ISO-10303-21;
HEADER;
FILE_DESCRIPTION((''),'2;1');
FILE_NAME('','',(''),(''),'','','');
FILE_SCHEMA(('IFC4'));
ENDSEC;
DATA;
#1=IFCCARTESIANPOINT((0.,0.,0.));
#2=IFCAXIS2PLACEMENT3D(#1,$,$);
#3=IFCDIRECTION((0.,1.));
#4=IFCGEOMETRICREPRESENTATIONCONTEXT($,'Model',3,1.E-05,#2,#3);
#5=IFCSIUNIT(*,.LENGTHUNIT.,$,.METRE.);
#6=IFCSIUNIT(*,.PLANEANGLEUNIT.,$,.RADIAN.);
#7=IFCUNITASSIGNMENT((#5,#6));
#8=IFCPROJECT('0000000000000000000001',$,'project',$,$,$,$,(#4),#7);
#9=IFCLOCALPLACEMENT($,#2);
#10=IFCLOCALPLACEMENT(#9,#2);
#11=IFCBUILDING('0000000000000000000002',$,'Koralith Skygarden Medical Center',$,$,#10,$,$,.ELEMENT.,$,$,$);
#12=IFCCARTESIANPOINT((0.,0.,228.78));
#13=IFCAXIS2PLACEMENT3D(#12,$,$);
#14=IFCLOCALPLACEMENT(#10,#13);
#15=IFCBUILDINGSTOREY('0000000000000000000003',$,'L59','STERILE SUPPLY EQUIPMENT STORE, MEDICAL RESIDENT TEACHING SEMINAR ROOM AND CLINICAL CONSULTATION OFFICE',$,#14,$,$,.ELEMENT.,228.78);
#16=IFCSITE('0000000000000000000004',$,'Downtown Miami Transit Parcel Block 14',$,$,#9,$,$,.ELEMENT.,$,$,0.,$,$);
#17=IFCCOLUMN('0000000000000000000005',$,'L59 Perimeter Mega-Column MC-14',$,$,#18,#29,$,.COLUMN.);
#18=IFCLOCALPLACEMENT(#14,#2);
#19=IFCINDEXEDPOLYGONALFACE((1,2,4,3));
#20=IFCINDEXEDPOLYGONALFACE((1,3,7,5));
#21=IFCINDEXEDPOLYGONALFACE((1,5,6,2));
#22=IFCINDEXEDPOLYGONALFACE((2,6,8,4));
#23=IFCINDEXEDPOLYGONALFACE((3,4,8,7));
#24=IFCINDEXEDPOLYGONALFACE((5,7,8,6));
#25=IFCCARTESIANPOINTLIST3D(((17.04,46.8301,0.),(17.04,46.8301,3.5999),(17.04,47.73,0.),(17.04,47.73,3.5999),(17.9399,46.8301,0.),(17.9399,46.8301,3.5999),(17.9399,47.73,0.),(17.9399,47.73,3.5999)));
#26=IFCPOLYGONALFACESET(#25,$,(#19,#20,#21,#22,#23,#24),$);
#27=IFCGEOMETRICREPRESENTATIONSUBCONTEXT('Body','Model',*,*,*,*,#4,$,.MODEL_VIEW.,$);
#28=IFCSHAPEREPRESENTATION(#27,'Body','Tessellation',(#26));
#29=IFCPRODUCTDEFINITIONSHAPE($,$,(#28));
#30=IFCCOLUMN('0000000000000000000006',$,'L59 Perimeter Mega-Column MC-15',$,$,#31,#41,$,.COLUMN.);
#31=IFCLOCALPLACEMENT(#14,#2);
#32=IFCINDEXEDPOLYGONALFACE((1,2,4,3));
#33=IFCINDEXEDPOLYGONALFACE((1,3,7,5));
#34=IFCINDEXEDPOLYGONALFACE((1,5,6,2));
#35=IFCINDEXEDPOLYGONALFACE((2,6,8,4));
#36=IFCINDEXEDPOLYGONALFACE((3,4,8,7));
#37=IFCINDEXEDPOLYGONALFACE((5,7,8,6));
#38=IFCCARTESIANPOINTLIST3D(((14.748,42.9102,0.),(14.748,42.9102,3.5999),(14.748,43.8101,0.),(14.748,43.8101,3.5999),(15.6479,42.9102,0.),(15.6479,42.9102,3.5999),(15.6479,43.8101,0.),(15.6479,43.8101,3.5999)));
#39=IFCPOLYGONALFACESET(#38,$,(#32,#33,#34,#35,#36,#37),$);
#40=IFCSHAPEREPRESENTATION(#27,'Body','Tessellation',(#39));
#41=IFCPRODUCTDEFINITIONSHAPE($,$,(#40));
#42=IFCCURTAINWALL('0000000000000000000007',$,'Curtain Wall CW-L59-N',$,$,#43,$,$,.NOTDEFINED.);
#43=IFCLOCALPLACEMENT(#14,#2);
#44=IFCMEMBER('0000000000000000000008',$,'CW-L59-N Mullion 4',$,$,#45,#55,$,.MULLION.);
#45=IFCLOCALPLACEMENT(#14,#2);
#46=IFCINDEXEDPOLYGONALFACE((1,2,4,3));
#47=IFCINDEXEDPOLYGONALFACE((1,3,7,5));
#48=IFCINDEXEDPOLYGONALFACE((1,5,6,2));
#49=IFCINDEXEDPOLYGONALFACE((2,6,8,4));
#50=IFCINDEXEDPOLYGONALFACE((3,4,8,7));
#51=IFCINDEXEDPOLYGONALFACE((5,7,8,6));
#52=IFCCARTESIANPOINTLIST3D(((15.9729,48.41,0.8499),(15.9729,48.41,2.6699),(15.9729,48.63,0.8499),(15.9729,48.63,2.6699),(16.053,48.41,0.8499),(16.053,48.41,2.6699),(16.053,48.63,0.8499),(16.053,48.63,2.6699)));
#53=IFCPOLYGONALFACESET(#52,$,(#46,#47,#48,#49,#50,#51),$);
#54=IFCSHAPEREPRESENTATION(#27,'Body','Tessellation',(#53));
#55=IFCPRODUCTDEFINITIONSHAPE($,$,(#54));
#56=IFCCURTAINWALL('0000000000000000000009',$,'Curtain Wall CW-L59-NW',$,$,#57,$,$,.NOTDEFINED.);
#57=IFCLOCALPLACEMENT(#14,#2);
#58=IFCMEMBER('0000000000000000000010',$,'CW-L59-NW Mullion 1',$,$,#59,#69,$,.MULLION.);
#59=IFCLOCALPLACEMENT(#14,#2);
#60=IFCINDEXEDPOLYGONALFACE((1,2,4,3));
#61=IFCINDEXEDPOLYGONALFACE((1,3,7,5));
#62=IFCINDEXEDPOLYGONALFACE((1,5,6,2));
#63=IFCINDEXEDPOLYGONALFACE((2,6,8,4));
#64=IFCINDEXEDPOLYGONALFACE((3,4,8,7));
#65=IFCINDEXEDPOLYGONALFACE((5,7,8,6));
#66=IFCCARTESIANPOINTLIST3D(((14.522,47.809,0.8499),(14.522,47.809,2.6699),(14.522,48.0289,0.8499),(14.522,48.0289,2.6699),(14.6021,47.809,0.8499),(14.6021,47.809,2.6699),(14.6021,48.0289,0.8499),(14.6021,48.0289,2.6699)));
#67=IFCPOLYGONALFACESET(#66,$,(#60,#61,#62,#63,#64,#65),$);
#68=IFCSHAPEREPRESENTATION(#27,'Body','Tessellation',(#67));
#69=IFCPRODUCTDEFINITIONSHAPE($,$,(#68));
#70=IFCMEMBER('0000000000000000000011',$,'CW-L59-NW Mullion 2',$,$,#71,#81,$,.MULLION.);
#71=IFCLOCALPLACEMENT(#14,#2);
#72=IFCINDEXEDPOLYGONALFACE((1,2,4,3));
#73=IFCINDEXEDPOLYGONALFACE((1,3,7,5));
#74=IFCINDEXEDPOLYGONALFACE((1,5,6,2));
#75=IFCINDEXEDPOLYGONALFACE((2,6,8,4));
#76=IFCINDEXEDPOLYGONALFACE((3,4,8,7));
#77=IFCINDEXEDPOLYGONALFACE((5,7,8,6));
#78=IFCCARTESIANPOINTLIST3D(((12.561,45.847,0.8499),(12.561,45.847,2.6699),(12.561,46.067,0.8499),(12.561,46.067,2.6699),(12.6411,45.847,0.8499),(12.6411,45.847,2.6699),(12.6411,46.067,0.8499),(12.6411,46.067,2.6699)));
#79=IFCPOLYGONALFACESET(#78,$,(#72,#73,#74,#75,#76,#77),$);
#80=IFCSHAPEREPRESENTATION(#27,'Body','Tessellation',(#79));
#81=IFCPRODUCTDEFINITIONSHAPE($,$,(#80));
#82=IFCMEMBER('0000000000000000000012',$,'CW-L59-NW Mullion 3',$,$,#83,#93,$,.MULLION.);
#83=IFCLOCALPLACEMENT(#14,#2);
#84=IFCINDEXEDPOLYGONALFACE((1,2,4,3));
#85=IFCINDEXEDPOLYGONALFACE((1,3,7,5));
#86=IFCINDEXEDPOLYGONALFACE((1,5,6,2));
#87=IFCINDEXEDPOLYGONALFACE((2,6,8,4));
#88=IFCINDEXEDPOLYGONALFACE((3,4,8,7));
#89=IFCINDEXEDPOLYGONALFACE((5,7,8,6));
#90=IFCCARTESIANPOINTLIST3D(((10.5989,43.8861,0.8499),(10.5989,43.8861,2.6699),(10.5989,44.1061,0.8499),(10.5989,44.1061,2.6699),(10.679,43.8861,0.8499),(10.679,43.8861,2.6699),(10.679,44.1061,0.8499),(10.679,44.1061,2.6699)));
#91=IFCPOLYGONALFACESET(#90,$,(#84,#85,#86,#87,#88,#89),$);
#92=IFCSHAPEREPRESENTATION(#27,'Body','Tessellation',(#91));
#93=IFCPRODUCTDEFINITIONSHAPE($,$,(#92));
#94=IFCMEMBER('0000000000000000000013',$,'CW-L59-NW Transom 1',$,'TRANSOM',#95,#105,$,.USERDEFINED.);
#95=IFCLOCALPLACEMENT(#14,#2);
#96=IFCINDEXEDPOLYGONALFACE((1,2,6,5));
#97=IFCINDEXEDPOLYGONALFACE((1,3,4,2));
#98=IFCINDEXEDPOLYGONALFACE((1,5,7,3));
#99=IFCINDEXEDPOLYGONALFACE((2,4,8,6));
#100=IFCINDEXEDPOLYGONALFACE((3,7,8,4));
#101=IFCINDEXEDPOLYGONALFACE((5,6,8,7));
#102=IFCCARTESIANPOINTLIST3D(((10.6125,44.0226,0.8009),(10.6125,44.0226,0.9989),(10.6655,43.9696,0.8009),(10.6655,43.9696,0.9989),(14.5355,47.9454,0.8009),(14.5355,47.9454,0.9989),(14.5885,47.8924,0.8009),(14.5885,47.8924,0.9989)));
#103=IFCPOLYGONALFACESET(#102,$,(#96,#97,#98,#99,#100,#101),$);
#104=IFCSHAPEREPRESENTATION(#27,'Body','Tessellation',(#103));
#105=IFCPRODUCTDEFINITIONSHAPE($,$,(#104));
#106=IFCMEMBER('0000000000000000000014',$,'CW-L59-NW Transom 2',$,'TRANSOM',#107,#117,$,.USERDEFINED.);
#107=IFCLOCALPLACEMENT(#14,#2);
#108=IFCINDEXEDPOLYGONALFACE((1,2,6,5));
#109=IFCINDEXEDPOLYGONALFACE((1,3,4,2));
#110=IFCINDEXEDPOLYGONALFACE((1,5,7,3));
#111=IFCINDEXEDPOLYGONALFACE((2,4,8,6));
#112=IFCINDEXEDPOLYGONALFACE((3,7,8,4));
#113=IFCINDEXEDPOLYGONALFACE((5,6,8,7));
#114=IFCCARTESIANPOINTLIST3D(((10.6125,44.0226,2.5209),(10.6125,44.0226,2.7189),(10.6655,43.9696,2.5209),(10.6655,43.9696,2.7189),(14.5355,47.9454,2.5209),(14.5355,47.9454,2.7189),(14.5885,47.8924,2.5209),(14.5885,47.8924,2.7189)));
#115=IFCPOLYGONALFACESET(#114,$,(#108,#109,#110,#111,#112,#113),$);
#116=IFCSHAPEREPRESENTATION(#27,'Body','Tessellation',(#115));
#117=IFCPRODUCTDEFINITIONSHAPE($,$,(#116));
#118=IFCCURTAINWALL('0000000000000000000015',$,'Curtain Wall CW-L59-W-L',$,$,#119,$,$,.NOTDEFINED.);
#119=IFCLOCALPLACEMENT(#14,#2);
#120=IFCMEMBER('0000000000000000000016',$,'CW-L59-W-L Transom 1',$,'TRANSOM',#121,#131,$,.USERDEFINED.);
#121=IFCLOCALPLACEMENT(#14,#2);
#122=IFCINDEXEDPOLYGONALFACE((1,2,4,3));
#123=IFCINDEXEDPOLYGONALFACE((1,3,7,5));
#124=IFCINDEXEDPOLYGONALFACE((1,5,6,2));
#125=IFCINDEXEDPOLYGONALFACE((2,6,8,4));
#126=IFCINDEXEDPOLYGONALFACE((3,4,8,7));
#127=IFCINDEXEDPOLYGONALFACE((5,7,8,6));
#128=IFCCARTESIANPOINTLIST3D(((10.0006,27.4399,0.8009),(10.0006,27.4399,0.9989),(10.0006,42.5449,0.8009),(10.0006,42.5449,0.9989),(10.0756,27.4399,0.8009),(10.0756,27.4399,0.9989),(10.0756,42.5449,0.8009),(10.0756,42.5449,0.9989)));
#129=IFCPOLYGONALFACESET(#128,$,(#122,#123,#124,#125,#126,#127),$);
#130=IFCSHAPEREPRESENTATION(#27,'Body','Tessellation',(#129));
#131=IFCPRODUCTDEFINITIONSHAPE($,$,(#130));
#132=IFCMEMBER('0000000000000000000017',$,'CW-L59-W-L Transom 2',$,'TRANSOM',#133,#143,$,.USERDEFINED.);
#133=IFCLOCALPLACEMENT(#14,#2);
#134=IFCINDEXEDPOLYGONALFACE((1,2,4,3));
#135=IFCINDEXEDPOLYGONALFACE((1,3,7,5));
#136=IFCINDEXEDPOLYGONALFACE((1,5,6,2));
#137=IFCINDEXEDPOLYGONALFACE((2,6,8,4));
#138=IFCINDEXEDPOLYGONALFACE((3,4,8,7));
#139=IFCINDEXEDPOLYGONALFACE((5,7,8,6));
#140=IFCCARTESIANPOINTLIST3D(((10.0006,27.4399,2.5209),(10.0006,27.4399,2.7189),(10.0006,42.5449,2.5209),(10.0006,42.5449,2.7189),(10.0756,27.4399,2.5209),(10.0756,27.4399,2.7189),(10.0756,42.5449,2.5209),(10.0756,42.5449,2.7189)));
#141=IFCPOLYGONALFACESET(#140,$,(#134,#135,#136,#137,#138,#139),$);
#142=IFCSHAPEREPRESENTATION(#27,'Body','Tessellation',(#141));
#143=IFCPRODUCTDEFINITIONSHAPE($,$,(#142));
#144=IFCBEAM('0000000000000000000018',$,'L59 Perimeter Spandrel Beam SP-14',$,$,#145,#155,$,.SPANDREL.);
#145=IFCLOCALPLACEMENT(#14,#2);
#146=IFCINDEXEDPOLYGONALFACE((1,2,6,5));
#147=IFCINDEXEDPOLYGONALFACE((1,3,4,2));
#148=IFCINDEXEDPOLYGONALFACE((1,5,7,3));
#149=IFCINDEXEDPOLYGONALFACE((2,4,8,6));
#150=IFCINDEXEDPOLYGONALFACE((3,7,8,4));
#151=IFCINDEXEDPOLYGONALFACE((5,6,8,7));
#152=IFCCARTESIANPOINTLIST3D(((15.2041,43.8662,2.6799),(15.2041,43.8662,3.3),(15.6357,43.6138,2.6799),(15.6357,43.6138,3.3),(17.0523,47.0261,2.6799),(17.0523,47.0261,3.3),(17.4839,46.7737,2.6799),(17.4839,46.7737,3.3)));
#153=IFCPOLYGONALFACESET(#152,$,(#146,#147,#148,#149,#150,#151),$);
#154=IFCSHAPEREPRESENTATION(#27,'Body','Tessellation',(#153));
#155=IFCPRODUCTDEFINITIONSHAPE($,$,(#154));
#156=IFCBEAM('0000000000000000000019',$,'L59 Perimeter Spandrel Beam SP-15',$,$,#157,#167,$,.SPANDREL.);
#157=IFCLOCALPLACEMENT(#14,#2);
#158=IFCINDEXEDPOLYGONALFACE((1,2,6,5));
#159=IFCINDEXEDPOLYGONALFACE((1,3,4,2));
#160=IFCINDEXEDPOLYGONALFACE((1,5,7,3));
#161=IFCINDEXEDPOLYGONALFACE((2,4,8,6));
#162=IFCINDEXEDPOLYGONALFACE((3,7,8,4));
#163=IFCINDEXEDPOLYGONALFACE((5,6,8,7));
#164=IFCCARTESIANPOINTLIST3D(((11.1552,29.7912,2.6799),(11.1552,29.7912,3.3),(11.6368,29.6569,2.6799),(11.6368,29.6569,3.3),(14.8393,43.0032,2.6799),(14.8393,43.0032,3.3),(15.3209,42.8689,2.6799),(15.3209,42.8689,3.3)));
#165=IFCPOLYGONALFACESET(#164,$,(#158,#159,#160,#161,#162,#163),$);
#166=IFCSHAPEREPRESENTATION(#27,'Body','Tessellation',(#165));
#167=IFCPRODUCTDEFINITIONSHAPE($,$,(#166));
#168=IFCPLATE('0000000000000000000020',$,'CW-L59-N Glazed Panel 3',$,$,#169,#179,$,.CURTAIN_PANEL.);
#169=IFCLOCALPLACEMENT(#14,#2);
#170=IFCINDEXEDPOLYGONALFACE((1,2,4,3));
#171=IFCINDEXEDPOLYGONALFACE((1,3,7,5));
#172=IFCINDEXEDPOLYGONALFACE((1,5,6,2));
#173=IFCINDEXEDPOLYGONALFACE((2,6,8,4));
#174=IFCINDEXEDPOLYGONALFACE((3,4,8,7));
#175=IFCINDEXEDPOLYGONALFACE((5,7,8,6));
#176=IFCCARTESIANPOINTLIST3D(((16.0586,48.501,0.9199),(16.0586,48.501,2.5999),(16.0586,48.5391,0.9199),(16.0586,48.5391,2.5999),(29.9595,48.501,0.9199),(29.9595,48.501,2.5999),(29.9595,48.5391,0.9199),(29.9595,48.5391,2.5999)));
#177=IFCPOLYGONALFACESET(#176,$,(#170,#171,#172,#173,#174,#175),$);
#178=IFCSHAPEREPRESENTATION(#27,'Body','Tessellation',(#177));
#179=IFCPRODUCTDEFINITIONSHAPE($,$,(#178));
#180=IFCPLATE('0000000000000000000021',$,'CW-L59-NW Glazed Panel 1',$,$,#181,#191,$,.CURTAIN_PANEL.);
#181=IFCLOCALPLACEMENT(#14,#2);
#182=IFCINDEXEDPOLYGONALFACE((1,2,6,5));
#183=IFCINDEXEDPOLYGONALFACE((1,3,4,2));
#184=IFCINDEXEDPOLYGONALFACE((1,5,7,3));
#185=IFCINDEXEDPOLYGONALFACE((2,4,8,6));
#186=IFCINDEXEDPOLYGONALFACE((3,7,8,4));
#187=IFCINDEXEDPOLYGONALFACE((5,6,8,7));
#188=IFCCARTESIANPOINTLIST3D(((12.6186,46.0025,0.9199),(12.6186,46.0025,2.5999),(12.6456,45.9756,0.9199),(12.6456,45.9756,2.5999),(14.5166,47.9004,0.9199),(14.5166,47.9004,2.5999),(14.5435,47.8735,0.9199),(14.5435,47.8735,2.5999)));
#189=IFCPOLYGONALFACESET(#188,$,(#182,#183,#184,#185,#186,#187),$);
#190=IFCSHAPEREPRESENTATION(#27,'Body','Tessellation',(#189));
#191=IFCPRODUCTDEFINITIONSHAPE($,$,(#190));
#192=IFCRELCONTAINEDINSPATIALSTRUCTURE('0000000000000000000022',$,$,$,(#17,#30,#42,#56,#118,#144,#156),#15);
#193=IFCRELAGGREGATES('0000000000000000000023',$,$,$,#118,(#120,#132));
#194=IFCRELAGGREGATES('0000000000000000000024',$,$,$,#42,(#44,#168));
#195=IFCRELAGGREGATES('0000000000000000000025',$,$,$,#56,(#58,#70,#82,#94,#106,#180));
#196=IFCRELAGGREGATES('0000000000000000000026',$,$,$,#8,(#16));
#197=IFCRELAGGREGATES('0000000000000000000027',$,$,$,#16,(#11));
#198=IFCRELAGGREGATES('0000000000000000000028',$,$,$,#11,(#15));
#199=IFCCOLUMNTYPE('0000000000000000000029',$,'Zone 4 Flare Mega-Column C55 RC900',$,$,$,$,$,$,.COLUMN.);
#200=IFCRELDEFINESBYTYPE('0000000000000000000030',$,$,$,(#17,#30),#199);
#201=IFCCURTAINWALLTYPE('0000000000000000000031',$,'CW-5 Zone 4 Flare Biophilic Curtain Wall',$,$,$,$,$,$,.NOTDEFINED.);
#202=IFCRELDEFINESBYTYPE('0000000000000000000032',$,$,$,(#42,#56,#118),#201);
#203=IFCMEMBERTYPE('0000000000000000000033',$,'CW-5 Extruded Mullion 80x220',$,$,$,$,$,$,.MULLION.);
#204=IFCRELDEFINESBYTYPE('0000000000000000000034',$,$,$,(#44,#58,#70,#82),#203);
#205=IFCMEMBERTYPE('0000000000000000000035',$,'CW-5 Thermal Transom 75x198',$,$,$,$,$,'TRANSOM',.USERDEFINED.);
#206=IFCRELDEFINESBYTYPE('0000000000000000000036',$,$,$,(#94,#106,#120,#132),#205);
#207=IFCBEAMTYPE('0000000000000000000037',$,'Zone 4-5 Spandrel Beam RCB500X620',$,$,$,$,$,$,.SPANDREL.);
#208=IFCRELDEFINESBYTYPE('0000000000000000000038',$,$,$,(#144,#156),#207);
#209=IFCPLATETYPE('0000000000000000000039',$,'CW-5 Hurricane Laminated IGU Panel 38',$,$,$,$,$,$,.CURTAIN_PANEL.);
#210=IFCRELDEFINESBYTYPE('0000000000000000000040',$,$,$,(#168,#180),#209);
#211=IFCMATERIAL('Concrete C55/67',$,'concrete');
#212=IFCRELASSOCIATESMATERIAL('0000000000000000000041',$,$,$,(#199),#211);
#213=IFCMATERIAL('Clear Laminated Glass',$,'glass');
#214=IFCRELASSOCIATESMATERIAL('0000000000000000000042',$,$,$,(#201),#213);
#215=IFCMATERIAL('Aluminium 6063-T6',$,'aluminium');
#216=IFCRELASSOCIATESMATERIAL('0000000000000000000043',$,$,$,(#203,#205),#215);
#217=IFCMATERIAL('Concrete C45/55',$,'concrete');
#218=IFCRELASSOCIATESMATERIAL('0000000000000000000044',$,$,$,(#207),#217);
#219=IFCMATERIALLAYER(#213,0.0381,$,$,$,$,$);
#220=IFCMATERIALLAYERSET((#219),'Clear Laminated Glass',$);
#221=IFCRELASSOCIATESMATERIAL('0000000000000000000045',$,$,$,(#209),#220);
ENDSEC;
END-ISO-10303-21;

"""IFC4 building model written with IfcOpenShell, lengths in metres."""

from ifc_helpers import new_model, si_unit, direction, frame, origin, origin_2d, place, context, subcontext, project, spatial, rectangle, extrude, material, layer, layer_set, material_profile, profile_set, type_object, element, aggregate, save


model = new_model("IFC4")

# Units and contexts
model_context = context("Model", 3, precision=1e-05, world=origin(), true_north=direction((0.0, 1.0)))
body_context = subcontext(model_context, "Body", "Model", "MODEL_VIEW")
ifc_project = project(units=[si_unit("LENGTHUNIT", "METRE"), si_unit("PLANEANGLEUNIT", "RADIAN")], contexts=[model_context])

# Site, building, storey
site_placement = place(None, origin())
site = spatial("IfcSite", under=ifc_project, at=site_placement, Name="Downtown Miami Transit Parcel Block 14", CompositionType="ELEMENT", RefElevation=0.0)
building_placement = place(site_placement, origin())
building = spatial("IfcBuilding", under=site, at=building_placement, Name="Koralith Skygarden Medical Center", CompositionType="ELEMENT")
storey_placement = place(building_placement, frame((0.0, 0.0, 228.78)))
storey = spatial("IfcBuildingStorey", under=building, at=storey_placement, Name="L59", Description="STERILE SUPPLY EQUIPMENT STORE, MEDICAL RESIDENT TEACHING SEMINAR ROOM AND CLINICAL CONSULTATION OFFICE", CompositionType="ELEMENT", Elevation=228.78)

# Columns
ifc_material_1 = material(Name="Concrete C55/67", Category="concrete")
ifc_material_profile_1 = material_profile(ifc_material_1, rectangle(XDim=0.8999, YDim=0.8999, at=origin_2d()), Name="RC900X900")
ifc_profile_set_1 = profile_set([ifc_material_profile_1], Name="Concrete C55/67")
column_type = type_object("IfcColumnType", Name="Zone 4 Flare Mega-Column C55 RC900", PredefinedType="COLUMN", material=ifc_profile_set_1)
for number, where, z_axis, x_axis, name in (
    (1, (17.49, 47.28, 0.0), (0.0, 0.0, 1.0), (1.0, 0.0, 0.0), "L59 Perimeter Mega-Column MC-14"),
    (2, (15.198, 43.3601, 0.0), (0.0, 0.0, 1.0), (1.0, 0.0, 0.0), "L59 Perimeter Mega-Column MC-15"),
):
    element("IfcColumn", number, at=place(storey_placement, frame(where, z_axis=z_axis, x_axis=x_axis)), inside=storey, type_object=column_type, Name=name, PredefinedType="COLUMN", context=body_context, shape_type="SweptSolid", body=[
        extrude(rectangle(XDim=0.8999, YDim=0.8999, at=origin_2d()), origin(), (0.0, 0.0, 1.0), 3.5999),
    ])

# Curtain wall, member
ifc_material_2 = material(Name="Clear Laminated Glass", Category="glass")
curtain_wall_type = type_object("IfcCurtainWallType", Name="CW-5 Zone 4 Flare Biophilic Curtain Wall", PredefinedType="NOTDEFINED", material=ifc_material_2)
curtain_wall_1_placement = place(storey_placement, origin())
curtain_wall_1 = element("IfcCurtainWall", 3, at=curtain_wall_1_placement, inside=storey, type_object=curtain_wall_type, Name="Curtain Wall CW-L59-N", PredefinedType="NOTDEFINED")
ifc_material_3 = material(Name="Aluminium 6063-T6", Category="aluminium")
ifc_material_profile_2 = material_profile(ifc_material_3, rectangle(XDim=0.0801, YDim=0.22, at=origin_2d()), Name="MUL80X220")
ifc_profile_set_2 = profile_set([ifc_material_profile_2], Name="Aluminium 6063-T6")
member_type_1 = type_object("IfcMemberType", Name="CW-5 Extruded Mullion 80x220", PredefinedType="MULLION", material=ifc_profile_set_2)
member_1_placement = place(storey_placement, frame((16.0129, 48.52, 0.8499), z_axis=(0.0, 0.0, 1.0), x_axis=(1.0, 0.0, 0.0)))
member_1 = element("IfcMember", 4, at=member_1_placement, type_object=member_type_1, Name="CW-L59-N Mullion 4", PredefinedType="MULLION", context=body_context, shape_type="SweptSolid", body=[
    extrude(rectangle(XDim=0.0801, YDim=0.22, at=origin_2d()), origin(), (0.0, 0.0, 1.0), 1.8201),
])

# Curtain walls, members
curtain_wall_2_placement = place(storey_placement, origin())
curtain_wall_2 = element("IfcCurtainWall", 5, at=curtain_wall_2_placement, inside=storey, type_object=curtain_wall_type, Name="Curtain Wall CW-L59-NW", PredefinedType="NOTDEFINED")
member_2_placement = place(storey_placement, frame((14.562, 47.9189, 0.8499), z_axis=(0.0, 0.0, 1.0), x_axis=(1.0, 0.0, 0.0)))
member_2 = element("IfcMember", 6, at=member_2_placement, type_object=member_type_1, Name="CW-L59-NW Mullion 1", PredefinedType="MULLION", context=body_context, shape_type="SweptSolid", body=[
    extrude(rectangle(XDim=0.0801, YDim=0.22, at=origin_2d()), origin(), (0.0, 0.0, 1.0), 1.8201),
])
member_3_placement = place(storey_placement, frame((12.6011, 45.957, 0.8499), z_axis=(0.0, 0.0, 1.0), x_axis=(1.0, 0.0, 0.0)))
member_3 = element("IfcMember", 7, at=member_3_placement, type_object=member_type_1, Name="CW-L59-NW Mullion 2", PredefinedType="MULLION", context=body_context, shape_type="SweptSolid", body=[
    extrude(rectangle(XDim=0.0801, YDim=0.22, at=origin_2d()), origin(), (0.0, 0.0, 1.0), 1.8201),
])
member_4_placement = place(storey_placement, frame((10.6389, 43.9961, 0.8499), z_axis=(0.0, 0.0, 1.0), x_axis=(1.0, 0.0, 0.0)))
member_4 = element("IfcMember", 8, at=member_4_placement, type_object=member_type_1, Name="CW-L59-NW Mullion 3", PredefinedType="MULLION", context=body_context, shape_type="SweptSolid", body=[
    extrude(rectangle(XDim=0.0801, YDim=0.22, at=origin_2d()), origin(), (0.0, 0.0, 1.0), 1.8201),
])
ifc_material_profile_3 = material_profile(ifc_material_3, rectangle(XDim=0.075, YDim=0.198, at=origin_2d()), Name="TRN75X198")
ifc_profile_set_3 = profile_set([ifc_material_profile_3], Name="Aluminium 6063-T6")
member_type_2 = type_object("IfcMemberType", Name="CW-5 Thermal Transom 75x198", ElementType="TRANSOM", PredefinedType="USERDEFINED", material=ifc_profile_set_3)
member_5_placement = place(storey_placement, frame((14.562, 47.9189, 0.8999), z_axis=(-0.707129, -0.707085, 0.0), x_axis=(0.707085, -0.707129, 0.0)))
member_5 = element("IfcMember", 9, at=member_5_placement, type_object=member_type_2, Name="CW-L59-NW Transom 1", ObjectType="TRANSOM", PredefinedType="USERDEFINED", context=body_context, shape_type="SweptSolid", body=[
    extrude(rectangle(XDim=0.075, YDim=0.198, at=origin_2d()), origin(), (0.0, 0.0, 1.0), 5.5479),
])
member_6_placement = place(storey_placement, frame((14.562, 47.9189, 2.6199), z_axis=(-0.707129, -0.707085, 0.0), x_axis=(0.707085, -0.707129, 0.0)))
member_6 = element("IfcMember", 10, at=member_6_placement, type_object=member_type_2, Name="CW-L59-NW Transom 2", ObjectType="TRANSOM", PredefinedType="USERDEFINED", context=body_context, shape_type="SweptSolid", body=[
    extrude(rectangle(XDim=0.075, YDim=0.198, at=origin_2d()), origin(), (0.0, 0.0, 1.0), 5.5479),
])
curtain_wall_3_placement = place(storey_placement, origin())
curtain_wall_3 = element("IfcCurtainWall", 11, at=curtain_wall_3_placement, inside=storey, type_object=curtain_wall_type, Name="Curtain Wall CW-L59-W-L", PredefinedType="NOTDEFINED")
member_7_placement = place(storey_placement, frame((10.0381, 42.5449, 0.8999), z_axis=(0.0, -1.0, 0.0), x_axis=(1.0, 0.0, 0.0)))
member_7 = element("IfcMember", 12, at=member_7_placement, type_object=member_type_2, Name="CW-L59-W-L Transom 1", ObjectType="TRANSOM", PredefinedType="USERDEFINED", context=body_context, shape_type="SweptSolid", body=[
    extrude(rectangle(XDim=0.075, YDim=0.198, at=origin_2d()), origin(), (0.0, 0.0, 1.0), 15.105),
])
member_8_placement = place(storey_placement, frame((10.0381, 42.5449, 2.6199), z_axis=(0.0, -1.0, 0.0), x_axis=(1.0, 0.0, 0.0)))
member_8 = element("IfcMember", 13, at=member_8_placement, type_object=member_type_2, Name="CW-L59-W-L Transom 2", ObjectType="TRANSOM", PredefinedType="USERDEFINED", context=body_context, shape_type="SweptSolid", body=[
    extrude(rectangle(XDim=0.075, YDim=0.198, at=origin_2d()), origin(), (0.0, 0.0, 1.0), 15.105),
])
aggregate(curtain_wall_3, [member_7, member_8])

# Beams
ifc_material_4 = material(Name="Concrete C45/55", Category="concrete")
ifc_material_profile_4 = material_profile(ifc_material_4, rectangle(XDim=0.5, YDim=0.6201, at=origin_2d()), Name="RCB500X620")
ifc_profile_set_4 = profile_set([ifc_material_profile_4], Name="Concrete C45/55")
beam_type = type_object("IfcBeamType", Name="Zone 4-5 Spandrel Beam RCB500X620", PredefinedType="SPANDREL", material=ifc_profile_set_4)
beam_1_placement = place(storey_placement, frame((17.2681, 46.8999, 2.99), z_axis=(-0.504862, -0.8632, 0.0), x_axis=(0.8632, -0.504862, 0.0)))
element("IfcBeam", 14, at=beam_1_placement, inside=storey, type_object=beam_type, Name="L59 Perimeter Spandrel Beam SP-14", PredefinedType="SPANDREL", context=body_context, shape_type="SweptSolid", body=[
    extrude(rectangle(XDim=0.5, YDim=0.6201, at=origin_2d()), origin(), (0.0, 0.0, 1.0), 3.6606),
])
beam_2_placement = place(storey_placement, frame((15.0801, 42.936, 2.99), z_axis=(-0.268598, -0.963252, 0.0), x_axis=(0.963252, -0.268598, 0.0)))
element("IfcBeam", 15, at=beam_2_placement, inside=storey, type_object=beam_type, Name="L59 Perimeter Spandrel Beam SP-15", PredefinedType="SPANDREL", context=body_context, shape_type="SweptSolid", body=[
    extrude(rectangle(XDim=0.5, YDim=0.6201, at=origin_2d()), origin(), (0.0, 0.0, 1.0), 13.7161),
])

# Plates
ifc_layer_1 = layer(ifc_material_2, 0.0381)
ifc_layer_set_1 = layer_set([ifc_layer_1], Name="Clear Laminated Glass")
plate_type_1 = type_object("IfcPlateType", Name="CW-5 Hurricane Laminated IGU Panel 38", PredefinedType="CURTAIN_PANEL", material=ifc_layer_set_1)
plate_1_placement = place(storey_placement, frame((23.009, 48.52, 0.9199), z_axis=(0.0, 0.0, 1.0), x_axis=(-1.0, 0.0, 0.0)))
plate_1 = element("IfcPlate", 16, at=plate_1_placement, type_object=plate_type_1, Name="CW-L59-N Glazed Panel 3", PredefinedType="CURTAIN_PANEL", context=body_context, shape_type="SweptSolid", body=[
    extrude(rectangle(XDim=13.9009, YDim=0.0381, at=origin_2d()), origin(), (0.0, 0.0, 1.0), 1.6799),
])
aggregate(curtain_wall_1, [member_1, plate_1])
plate_2_placement = place(storey_placement, frame((13.5811, 46.938, 0.9199), z_axis=(0.0, 0.0, 1.0), x_axis=(-0.707107, -0.707107, 0.0)))
plate_2 = element("IfcPlate", 17, at=plate_2_placement, type_object=plate_type_1, Name="CW-L59-NW Glazed Panel 1", PredefinedType="CURTAIN_PANEL", context=body_context, shape_type="SweptSolid", body=[
    extrude(rectangle(XDim=2.6841, YDim=0.0381, at=origin_2d()), origin(), (0.0, 0.0, 1.0), 1.6799),
])
aggregate(curtain_wall_2, [member_2, member_3, member_4, member_5, member_6, plate_2])

save(model, "model.ifc")
